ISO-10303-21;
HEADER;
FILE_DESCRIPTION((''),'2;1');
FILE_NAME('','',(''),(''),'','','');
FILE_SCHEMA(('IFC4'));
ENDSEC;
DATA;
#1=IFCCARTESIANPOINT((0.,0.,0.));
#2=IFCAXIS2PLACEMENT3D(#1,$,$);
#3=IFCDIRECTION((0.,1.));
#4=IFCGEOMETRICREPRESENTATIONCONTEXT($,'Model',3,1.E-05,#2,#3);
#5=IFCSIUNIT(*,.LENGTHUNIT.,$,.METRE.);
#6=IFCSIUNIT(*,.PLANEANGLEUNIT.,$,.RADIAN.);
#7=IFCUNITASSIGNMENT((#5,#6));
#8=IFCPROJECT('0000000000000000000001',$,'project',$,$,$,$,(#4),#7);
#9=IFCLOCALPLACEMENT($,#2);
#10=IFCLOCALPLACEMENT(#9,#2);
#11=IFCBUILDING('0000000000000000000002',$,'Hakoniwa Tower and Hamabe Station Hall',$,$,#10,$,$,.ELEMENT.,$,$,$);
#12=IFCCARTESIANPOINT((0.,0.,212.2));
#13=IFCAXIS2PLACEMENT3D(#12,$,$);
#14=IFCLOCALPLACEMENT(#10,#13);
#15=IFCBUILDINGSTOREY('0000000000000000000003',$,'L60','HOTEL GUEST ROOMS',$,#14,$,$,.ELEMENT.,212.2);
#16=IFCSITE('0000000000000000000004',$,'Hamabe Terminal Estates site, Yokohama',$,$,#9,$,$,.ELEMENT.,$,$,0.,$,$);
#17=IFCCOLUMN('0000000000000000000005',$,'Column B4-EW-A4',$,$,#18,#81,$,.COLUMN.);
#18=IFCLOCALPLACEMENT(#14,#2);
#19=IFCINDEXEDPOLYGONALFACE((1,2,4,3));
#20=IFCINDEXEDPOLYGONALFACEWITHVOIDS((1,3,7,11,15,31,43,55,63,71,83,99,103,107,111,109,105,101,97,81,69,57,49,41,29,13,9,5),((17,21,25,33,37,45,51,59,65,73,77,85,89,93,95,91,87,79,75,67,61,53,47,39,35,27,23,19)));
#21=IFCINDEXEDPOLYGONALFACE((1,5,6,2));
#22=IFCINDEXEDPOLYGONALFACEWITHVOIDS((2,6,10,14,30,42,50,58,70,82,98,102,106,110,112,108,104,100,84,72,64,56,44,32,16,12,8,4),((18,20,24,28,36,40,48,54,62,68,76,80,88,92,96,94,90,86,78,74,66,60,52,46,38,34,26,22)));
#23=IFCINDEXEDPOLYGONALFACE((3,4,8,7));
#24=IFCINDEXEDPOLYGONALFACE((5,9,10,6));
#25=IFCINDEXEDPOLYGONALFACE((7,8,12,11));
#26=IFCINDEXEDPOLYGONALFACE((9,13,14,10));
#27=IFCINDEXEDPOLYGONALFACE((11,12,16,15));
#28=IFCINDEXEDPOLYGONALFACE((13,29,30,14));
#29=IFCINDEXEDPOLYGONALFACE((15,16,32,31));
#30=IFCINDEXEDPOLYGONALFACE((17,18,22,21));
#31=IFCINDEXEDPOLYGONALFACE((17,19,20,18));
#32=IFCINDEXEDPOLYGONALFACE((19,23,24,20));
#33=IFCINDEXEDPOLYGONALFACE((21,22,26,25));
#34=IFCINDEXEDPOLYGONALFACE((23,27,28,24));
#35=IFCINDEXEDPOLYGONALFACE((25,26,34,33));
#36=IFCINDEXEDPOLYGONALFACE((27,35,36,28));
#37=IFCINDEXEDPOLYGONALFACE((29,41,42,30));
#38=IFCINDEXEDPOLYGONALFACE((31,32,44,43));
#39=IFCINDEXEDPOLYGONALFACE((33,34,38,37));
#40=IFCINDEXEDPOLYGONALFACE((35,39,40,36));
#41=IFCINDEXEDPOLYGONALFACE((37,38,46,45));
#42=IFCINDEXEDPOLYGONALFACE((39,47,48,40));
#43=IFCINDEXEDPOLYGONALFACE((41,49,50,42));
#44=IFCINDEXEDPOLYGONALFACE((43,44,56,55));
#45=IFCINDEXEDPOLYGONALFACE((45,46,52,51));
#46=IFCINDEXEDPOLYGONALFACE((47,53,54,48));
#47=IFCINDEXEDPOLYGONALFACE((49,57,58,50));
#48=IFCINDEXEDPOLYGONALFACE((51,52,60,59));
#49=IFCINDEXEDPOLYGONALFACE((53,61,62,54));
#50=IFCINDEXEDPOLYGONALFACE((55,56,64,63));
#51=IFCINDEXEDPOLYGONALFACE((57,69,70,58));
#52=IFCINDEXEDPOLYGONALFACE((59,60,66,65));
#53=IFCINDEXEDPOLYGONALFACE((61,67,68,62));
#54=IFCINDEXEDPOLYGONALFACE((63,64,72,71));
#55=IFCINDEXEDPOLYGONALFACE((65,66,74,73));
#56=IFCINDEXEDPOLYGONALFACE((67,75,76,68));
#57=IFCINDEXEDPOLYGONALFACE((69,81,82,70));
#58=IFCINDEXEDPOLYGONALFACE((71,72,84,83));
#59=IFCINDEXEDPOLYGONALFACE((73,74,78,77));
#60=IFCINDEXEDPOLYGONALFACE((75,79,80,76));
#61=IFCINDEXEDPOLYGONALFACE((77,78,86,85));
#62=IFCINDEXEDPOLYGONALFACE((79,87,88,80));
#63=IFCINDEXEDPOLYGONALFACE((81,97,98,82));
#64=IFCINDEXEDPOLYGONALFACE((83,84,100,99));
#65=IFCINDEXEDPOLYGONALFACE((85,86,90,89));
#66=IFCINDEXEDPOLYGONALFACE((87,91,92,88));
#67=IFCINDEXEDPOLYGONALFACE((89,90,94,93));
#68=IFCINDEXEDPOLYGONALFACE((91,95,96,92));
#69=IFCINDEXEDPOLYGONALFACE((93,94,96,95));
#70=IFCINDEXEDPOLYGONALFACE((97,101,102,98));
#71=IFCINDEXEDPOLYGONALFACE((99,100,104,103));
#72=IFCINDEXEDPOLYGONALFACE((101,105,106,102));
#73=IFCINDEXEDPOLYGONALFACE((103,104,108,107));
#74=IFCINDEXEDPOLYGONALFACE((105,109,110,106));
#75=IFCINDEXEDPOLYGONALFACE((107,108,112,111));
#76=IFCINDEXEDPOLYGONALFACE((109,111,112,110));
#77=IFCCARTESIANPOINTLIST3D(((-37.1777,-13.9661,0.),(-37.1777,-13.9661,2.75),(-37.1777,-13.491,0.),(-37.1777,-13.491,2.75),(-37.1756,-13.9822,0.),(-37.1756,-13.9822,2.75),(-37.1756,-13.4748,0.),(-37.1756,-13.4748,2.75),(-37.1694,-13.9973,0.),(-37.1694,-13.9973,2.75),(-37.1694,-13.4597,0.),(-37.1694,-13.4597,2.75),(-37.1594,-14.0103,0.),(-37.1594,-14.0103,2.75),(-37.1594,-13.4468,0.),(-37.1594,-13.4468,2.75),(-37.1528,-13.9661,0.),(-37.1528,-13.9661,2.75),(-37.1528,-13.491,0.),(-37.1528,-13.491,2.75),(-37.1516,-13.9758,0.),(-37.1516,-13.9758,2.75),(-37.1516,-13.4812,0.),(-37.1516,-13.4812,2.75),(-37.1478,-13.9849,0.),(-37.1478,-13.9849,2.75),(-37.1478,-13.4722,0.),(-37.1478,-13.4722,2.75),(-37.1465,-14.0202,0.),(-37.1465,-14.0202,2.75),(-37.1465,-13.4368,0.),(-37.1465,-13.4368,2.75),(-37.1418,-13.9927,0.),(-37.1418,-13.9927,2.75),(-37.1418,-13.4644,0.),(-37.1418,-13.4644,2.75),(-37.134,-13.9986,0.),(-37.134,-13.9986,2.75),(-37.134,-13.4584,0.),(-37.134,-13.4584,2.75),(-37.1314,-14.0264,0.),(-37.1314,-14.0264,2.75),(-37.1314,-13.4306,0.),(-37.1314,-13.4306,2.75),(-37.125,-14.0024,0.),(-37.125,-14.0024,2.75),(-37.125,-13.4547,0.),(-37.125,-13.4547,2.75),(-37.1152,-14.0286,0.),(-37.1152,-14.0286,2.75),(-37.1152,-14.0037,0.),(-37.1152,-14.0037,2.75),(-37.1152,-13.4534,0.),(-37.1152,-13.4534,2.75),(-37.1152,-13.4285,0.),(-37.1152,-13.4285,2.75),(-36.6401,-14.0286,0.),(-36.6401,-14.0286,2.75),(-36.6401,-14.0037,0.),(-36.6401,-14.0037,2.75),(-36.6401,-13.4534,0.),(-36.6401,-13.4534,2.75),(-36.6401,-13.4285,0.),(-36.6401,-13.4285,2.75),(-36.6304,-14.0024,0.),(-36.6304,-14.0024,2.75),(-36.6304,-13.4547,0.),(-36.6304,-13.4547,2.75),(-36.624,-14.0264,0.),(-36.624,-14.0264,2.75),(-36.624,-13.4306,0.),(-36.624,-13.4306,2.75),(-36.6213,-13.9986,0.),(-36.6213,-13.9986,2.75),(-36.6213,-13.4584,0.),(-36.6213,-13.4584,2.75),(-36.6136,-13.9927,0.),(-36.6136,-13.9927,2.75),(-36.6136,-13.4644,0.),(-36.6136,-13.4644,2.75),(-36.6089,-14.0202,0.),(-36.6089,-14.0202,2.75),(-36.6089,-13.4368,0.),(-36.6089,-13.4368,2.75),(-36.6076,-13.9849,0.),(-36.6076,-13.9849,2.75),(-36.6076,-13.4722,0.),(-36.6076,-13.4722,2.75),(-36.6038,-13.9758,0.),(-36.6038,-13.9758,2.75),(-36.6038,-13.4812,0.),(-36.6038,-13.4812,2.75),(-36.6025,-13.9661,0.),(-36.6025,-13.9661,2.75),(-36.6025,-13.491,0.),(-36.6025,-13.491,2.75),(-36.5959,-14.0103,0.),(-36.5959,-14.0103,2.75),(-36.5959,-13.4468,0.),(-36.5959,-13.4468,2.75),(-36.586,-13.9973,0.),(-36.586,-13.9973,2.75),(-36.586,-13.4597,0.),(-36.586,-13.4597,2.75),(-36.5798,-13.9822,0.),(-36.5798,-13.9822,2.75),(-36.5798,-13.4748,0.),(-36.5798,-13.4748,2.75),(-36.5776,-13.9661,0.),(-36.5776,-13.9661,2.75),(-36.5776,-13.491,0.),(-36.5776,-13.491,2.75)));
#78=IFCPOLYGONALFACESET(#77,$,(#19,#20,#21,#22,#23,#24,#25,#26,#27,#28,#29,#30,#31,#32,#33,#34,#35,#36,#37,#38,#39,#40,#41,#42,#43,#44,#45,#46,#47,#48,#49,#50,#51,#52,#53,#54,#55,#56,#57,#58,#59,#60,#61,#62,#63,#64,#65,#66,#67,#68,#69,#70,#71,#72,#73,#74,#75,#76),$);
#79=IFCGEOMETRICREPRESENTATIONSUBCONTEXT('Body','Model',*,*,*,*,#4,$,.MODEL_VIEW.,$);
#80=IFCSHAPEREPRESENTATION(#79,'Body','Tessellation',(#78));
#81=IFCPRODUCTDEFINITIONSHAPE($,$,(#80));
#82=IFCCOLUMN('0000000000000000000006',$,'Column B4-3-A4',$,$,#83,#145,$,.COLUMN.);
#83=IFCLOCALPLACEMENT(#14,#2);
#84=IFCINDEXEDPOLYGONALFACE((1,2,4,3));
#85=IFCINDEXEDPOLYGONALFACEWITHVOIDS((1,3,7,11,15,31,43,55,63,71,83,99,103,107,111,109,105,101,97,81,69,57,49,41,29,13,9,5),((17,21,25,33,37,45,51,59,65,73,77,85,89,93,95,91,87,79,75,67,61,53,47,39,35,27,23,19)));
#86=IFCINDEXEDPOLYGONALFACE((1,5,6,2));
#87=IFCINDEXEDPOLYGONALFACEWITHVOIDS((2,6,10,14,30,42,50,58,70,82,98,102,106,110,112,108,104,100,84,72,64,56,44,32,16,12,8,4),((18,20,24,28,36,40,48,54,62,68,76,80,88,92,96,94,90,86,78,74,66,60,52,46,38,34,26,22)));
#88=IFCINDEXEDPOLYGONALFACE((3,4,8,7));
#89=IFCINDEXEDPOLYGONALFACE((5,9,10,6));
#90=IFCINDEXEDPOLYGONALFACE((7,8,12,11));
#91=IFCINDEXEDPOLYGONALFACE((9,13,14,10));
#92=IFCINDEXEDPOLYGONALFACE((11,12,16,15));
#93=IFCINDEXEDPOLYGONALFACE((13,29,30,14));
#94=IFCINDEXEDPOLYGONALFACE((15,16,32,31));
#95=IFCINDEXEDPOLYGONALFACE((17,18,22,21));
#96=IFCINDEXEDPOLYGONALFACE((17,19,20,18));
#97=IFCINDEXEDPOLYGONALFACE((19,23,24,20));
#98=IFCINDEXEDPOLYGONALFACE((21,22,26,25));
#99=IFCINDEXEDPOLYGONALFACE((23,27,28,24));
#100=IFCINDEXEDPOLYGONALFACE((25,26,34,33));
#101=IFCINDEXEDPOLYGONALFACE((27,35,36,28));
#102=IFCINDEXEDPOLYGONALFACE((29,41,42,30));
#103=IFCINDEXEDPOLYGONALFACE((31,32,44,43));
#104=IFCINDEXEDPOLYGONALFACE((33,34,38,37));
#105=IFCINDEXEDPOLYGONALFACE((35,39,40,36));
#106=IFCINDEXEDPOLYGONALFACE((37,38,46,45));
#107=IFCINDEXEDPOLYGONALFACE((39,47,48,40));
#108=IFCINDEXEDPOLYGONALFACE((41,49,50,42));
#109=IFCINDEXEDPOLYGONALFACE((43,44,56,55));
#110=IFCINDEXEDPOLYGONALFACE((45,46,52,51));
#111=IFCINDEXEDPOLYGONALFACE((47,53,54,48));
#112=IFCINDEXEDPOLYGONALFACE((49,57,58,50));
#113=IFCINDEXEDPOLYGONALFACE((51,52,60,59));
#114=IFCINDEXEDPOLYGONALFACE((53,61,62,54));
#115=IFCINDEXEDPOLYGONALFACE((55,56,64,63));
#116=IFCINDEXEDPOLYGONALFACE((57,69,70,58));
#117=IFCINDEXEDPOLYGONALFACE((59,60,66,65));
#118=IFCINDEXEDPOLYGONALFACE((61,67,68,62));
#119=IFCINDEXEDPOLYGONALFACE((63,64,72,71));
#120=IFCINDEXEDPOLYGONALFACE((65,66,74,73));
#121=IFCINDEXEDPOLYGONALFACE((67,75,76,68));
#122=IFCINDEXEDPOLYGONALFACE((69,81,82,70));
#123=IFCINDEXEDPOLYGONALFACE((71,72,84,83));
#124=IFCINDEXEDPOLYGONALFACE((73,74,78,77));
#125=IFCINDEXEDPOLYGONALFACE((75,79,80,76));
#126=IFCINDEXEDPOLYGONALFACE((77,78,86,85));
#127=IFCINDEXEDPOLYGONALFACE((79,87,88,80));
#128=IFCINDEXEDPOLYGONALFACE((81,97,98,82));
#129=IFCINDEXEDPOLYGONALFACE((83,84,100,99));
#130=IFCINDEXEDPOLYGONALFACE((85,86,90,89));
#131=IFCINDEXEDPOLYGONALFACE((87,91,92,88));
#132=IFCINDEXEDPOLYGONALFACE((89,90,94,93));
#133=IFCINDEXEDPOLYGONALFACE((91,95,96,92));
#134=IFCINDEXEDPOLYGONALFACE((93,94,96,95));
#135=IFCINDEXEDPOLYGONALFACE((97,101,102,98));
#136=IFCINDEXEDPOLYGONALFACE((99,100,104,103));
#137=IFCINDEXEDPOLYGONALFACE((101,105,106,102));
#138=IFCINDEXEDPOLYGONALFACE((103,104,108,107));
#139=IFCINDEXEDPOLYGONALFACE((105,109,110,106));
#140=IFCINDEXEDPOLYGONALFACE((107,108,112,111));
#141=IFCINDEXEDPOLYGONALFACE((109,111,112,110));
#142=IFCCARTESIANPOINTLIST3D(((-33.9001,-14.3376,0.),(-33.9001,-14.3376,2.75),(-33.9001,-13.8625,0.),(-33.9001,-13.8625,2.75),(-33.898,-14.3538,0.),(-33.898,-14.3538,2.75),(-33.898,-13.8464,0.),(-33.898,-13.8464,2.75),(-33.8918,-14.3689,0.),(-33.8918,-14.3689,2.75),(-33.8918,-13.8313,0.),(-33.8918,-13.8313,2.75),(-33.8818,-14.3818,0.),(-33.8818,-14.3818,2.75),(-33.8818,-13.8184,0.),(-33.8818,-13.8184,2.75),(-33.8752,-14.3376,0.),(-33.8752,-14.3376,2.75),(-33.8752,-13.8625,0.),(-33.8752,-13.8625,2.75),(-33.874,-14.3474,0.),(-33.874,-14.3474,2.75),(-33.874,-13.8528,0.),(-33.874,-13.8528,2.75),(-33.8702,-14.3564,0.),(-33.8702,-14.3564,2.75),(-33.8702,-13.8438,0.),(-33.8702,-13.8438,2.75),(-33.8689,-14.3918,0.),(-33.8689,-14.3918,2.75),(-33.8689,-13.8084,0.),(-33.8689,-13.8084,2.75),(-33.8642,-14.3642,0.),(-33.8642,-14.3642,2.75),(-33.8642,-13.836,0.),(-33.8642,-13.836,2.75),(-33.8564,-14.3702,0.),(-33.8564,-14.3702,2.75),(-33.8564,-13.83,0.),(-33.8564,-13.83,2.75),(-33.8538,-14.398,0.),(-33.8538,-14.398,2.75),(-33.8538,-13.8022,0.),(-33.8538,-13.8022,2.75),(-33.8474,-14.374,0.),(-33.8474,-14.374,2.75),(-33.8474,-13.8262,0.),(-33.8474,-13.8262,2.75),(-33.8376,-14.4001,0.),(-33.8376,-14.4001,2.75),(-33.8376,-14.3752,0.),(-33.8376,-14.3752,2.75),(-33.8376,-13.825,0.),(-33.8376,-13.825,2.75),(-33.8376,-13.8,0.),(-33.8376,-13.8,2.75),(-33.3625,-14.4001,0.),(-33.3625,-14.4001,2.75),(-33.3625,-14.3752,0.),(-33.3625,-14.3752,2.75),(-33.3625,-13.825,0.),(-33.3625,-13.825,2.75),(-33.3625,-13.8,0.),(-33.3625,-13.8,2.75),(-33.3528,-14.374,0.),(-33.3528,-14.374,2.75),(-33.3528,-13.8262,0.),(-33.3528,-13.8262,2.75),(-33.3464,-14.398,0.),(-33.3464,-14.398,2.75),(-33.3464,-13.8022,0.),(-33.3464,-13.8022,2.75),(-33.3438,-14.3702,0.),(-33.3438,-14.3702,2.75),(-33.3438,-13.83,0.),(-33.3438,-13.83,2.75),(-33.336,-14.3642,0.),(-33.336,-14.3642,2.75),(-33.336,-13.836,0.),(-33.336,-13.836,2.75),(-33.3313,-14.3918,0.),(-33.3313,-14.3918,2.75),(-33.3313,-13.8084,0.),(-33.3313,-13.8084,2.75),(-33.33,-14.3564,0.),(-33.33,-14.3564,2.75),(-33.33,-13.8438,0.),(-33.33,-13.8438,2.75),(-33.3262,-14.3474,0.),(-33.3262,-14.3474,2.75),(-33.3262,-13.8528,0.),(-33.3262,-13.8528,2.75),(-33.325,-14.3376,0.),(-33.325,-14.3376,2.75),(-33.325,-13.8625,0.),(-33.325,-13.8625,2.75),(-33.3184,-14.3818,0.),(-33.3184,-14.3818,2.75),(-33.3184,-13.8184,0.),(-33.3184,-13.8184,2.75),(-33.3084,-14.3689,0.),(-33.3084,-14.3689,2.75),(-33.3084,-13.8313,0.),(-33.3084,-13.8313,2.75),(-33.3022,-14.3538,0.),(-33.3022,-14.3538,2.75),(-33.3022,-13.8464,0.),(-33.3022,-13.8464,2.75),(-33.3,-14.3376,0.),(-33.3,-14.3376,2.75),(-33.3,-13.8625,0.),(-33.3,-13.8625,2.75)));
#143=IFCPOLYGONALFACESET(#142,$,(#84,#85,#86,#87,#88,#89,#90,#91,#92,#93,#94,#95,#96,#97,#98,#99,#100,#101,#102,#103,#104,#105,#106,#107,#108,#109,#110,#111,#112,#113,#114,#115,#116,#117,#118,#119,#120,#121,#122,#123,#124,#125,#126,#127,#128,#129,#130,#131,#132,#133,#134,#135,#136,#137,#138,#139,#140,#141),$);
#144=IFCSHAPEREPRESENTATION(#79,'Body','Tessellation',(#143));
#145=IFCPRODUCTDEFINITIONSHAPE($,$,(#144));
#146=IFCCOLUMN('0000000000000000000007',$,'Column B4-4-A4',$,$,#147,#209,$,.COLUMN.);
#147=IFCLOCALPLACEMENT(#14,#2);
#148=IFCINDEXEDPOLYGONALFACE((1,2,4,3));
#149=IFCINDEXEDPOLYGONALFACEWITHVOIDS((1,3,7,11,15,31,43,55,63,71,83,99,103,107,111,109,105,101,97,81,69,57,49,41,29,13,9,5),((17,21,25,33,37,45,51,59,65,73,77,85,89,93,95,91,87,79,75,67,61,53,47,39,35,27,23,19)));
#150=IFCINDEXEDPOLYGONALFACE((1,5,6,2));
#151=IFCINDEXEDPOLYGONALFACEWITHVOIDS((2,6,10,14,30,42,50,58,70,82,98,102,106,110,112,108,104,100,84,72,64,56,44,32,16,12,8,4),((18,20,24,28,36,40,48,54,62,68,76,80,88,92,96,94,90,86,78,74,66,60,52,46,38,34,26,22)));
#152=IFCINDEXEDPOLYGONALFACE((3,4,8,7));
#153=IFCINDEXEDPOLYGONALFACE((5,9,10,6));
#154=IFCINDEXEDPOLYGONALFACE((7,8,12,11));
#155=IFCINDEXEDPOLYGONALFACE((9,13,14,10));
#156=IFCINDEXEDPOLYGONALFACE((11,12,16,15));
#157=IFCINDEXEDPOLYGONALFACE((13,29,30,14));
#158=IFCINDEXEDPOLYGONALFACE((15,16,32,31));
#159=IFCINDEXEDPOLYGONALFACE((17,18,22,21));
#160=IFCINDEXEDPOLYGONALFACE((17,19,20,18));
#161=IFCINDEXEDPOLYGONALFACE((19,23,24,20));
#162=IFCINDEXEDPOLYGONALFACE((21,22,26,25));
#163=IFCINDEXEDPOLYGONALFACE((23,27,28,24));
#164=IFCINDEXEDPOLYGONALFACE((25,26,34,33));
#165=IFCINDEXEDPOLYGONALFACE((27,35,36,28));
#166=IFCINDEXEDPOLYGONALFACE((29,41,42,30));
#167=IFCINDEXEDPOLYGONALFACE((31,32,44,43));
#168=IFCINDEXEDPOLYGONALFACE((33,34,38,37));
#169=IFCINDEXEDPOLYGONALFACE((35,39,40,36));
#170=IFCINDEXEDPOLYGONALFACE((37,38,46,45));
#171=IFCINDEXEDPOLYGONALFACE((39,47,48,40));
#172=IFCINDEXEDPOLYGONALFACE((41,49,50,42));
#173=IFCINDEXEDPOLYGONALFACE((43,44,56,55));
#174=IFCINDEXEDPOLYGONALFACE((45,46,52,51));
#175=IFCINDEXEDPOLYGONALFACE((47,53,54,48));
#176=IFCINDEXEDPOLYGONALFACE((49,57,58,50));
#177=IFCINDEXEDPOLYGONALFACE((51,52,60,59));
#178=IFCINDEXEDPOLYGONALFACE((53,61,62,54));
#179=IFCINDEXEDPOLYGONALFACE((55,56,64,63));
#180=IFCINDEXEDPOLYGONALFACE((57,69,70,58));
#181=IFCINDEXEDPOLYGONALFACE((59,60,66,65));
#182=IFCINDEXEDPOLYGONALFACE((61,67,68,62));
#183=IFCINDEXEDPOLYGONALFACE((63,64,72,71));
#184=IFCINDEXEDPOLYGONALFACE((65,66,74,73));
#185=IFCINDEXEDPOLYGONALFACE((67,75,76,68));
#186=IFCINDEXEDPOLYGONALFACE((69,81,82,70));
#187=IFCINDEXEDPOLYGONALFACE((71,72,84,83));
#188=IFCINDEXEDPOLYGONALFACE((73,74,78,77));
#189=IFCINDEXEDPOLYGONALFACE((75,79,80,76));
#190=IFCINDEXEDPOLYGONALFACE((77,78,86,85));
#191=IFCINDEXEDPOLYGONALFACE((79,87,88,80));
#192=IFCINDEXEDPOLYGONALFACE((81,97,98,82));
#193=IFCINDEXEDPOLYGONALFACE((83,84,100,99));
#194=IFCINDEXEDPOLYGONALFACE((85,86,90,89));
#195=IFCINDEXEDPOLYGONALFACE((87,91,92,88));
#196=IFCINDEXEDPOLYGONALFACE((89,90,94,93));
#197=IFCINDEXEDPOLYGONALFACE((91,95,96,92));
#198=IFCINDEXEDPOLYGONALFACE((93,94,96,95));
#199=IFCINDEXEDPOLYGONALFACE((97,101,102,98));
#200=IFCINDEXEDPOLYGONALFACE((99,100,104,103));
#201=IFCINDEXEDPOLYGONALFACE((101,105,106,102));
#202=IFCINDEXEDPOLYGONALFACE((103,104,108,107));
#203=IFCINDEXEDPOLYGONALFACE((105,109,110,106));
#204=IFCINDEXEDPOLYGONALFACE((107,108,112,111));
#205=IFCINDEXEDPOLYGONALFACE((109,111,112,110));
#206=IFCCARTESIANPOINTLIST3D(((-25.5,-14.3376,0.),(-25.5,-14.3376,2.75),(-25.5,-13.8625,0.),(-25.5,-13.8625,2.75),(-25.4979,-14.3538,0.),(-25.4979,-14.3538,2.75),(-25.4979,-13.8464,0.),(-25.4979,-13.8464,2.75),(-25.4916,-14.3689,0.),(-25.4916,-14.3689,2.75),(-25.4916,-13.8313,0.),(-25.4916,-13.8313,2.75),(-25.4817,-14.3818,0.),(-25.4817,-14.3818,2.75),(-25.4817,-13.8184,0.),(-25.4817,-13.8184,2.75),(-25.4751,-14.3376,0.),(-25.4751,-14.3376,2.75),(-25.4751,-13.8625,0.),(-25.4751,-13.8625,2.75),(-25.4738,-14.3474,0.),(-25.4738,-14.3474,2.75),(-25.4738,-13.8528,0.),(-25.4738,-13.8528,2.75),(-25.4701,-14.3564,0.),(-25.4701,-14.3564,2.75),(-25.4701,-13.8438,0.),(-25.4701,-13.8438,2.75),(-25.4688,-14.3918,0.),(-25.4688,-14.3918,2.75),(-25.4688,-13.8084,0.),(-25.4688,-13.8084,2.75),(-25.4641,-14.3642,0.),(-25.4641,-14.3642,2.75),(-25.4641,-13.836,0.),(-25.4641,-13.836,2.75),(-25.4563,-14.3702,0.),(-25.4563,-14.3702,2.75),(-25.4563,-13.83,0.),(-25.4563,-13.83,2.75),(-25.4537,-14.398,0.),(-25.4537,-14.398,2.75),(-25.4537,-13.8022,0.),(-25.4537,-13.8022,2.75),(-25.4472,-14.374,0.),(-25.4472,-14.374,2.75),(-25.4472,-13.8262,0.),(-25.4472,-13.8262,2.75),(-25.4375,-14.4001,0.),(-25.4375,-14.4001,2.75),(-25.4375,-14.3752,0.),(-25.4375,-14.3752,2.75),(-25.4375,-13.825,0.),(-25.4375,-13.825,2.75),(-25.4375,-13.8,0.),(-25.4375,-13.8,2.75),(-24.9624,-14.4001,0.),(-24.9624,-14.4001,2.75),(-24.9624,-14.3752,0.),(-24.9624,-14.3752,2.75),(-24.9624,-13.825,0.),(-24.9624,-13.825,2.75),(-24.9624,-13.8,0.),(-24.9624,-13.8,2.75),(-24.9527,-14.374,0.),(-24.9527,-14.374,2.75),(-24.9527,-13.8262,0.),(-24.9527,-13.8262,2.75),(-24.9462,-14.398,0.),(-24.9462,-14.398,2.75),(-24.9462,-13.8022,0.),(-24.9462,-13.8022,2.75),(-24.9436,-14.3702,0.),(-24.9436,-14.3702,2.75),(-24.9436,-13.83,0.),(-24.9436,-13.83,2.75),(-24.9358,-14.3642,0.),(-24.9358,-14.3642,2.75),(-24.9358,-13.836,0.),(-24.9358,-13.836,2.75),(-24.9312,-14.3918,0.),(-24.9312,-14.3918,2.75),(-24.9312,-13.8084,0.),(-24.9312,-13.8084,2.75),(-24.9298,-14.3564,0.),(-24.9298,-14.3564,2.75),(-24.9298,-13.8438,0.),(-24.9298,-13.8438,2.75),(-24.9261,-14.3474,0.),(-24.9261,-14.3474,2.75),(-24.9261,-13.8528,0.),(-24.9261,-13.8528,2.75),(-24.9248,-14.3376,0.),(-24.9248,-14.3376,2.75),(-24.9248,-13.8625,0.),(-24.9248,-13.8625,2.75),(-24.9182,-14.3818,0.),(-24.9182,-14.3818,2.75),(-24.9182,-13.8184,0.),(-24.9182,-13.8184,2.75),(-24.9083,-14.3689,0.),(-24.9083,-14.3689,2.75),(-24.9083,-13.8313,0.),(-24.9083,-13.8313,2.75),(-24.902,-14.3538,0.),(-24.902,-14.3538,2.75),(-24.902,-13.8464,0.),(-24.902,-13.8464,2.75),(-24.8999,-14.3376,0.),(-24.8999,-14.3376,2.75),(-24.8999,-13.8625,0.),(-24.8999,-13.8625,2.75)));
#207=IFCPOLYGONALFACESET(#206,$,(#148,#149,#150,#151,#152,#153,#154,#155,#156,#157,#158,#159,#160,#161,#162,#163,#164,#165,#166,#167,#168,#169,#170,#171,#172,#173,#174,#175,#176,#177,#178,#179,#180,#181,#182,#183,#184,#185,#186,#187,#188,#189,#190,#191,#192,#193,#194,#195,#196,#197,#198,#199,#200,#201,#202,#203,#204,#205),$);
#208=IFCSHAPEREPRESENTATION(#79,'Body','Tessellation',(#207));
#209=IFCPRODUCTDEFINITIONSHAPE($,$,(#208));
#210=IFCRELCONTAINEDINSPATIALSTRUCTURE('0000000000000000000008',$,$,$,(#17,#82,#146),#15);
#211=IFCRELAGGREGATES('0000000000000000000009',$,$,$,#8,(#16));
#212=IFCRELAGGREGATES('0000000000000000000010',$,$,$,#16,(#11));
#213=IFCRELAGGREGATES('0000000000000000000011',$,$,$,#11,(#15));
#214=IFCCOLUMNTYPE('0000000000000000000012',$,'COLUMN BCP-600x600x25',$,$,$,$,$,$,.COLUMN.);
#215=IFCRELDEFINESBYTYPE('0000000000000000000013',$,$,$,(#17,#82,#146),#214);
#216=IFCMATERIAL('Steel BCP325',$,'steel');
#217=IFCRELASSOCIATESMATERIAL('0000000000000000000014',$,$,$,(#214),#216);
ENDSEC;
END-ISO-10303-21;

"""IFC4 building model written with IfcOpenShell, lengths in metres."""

from ifc_helpers import new_model, si_unit, direction, frame, origin, origin_2d, place, context, subcontext, project, spatial, hollow_rectangle, extrude, material, material_profile, profile_set, type_object, element, save


model = new_model("IFC4")

# Units and contexts
model_context = context("Model", 3, precision=1e-05, world=origin(), true_north=direction((0.0, 1.0)))
body_context = subcontext(model_context, "Body", "Model", "MODEL_VIEW")
ifc_project = project(units=[si_unit("LENGTHUNIT", "METRE"), si_unit("PLANEANGLEUNIT", "RADIAN")], contexts=[model_context])

# Site, building, storey
site_placement = place(None, origin())
site = spatial("IfcSite", under=ifc_project, at=site_placement, Name="Hamabe Terminal Estates site, Yokohama", CompositionType="ELEMENT", RefElevation=0.0)
building_placement = place(site_placement, origin())
building = spatial("IfcBuilding", under=site, at=building_placement, Name="Hakoniwa Tower and Hamabe Station Hall", CompositionType="ELEMENT")
storey_placement = place(building_placement, frame((0.0, 0.0, 212.2)))
storey = spatial("IfcBuildingStorey", under=building, at=storey_placement, Name="L60", Description="HOTEL GUEST ROOMS", CompositionType="ELEMENT", Elevation=212.2)

# Columns
ifc_material_1 = material(Name="Steel BCP325", Category="steel")
ifc_material_profile_1 = material_profile(ifc_material_1, hollow_rectangle(XDim=0.6001, YDim=0.6001, WallThickness=0.0249, InnerFilletRadius=0.0376, OuterFilletRadius=0.0625, at=origin_2d()), Name="BCP-600x600x25")
ifc_profile_set_1 = profile_set([ifc_material_profile_1], Name="Steel BCP325")
column_type = type_object("IfcColumnType", Name="COLUMN BCP-600x600x25", PredefinedType="COLUMN", material=ifc_profile_set_1)
for number, where, z_axis, x_axis, name in (
    (1, (-36.8777, -13.7285, 0.0), (0.0, 0.0, 1.0), (1.0, 0.0, 0.0), "Column B4-EW-A4"),
    (2, (-33.6001, -14.1001, 0.0), (0.0, 0.0, 1.0), (1.0, 0.0, 0.0), "Column B4-3-A4"),
    (3, (-25.2, -14.1001, 0.0), (0.0, 0.0, 1.0), (1.0, 0.0, 0.0), "Column B4-4-A4"),
):
    element("IfcColumn", number, at=place(storey_placement, frame(where, z_axis=z_axis, x_axis=x_axis)), inside=storey, type_object=column_type, Name=name, PredefinedType="COLUMN", context=body_context, shape_type="SweptSolid", body=[
        extrude(hollow_rectangle(XDim=0.6001, YDim=0.6001, WallThickness=0.0249, InnerFilletRadius=0.0376, OuterFilletRadius=0.0625, at=origin_2d()), origin(), (0.0, 0.0, 1.0), 2.75),
    ])

save(model, "model.ifc")
